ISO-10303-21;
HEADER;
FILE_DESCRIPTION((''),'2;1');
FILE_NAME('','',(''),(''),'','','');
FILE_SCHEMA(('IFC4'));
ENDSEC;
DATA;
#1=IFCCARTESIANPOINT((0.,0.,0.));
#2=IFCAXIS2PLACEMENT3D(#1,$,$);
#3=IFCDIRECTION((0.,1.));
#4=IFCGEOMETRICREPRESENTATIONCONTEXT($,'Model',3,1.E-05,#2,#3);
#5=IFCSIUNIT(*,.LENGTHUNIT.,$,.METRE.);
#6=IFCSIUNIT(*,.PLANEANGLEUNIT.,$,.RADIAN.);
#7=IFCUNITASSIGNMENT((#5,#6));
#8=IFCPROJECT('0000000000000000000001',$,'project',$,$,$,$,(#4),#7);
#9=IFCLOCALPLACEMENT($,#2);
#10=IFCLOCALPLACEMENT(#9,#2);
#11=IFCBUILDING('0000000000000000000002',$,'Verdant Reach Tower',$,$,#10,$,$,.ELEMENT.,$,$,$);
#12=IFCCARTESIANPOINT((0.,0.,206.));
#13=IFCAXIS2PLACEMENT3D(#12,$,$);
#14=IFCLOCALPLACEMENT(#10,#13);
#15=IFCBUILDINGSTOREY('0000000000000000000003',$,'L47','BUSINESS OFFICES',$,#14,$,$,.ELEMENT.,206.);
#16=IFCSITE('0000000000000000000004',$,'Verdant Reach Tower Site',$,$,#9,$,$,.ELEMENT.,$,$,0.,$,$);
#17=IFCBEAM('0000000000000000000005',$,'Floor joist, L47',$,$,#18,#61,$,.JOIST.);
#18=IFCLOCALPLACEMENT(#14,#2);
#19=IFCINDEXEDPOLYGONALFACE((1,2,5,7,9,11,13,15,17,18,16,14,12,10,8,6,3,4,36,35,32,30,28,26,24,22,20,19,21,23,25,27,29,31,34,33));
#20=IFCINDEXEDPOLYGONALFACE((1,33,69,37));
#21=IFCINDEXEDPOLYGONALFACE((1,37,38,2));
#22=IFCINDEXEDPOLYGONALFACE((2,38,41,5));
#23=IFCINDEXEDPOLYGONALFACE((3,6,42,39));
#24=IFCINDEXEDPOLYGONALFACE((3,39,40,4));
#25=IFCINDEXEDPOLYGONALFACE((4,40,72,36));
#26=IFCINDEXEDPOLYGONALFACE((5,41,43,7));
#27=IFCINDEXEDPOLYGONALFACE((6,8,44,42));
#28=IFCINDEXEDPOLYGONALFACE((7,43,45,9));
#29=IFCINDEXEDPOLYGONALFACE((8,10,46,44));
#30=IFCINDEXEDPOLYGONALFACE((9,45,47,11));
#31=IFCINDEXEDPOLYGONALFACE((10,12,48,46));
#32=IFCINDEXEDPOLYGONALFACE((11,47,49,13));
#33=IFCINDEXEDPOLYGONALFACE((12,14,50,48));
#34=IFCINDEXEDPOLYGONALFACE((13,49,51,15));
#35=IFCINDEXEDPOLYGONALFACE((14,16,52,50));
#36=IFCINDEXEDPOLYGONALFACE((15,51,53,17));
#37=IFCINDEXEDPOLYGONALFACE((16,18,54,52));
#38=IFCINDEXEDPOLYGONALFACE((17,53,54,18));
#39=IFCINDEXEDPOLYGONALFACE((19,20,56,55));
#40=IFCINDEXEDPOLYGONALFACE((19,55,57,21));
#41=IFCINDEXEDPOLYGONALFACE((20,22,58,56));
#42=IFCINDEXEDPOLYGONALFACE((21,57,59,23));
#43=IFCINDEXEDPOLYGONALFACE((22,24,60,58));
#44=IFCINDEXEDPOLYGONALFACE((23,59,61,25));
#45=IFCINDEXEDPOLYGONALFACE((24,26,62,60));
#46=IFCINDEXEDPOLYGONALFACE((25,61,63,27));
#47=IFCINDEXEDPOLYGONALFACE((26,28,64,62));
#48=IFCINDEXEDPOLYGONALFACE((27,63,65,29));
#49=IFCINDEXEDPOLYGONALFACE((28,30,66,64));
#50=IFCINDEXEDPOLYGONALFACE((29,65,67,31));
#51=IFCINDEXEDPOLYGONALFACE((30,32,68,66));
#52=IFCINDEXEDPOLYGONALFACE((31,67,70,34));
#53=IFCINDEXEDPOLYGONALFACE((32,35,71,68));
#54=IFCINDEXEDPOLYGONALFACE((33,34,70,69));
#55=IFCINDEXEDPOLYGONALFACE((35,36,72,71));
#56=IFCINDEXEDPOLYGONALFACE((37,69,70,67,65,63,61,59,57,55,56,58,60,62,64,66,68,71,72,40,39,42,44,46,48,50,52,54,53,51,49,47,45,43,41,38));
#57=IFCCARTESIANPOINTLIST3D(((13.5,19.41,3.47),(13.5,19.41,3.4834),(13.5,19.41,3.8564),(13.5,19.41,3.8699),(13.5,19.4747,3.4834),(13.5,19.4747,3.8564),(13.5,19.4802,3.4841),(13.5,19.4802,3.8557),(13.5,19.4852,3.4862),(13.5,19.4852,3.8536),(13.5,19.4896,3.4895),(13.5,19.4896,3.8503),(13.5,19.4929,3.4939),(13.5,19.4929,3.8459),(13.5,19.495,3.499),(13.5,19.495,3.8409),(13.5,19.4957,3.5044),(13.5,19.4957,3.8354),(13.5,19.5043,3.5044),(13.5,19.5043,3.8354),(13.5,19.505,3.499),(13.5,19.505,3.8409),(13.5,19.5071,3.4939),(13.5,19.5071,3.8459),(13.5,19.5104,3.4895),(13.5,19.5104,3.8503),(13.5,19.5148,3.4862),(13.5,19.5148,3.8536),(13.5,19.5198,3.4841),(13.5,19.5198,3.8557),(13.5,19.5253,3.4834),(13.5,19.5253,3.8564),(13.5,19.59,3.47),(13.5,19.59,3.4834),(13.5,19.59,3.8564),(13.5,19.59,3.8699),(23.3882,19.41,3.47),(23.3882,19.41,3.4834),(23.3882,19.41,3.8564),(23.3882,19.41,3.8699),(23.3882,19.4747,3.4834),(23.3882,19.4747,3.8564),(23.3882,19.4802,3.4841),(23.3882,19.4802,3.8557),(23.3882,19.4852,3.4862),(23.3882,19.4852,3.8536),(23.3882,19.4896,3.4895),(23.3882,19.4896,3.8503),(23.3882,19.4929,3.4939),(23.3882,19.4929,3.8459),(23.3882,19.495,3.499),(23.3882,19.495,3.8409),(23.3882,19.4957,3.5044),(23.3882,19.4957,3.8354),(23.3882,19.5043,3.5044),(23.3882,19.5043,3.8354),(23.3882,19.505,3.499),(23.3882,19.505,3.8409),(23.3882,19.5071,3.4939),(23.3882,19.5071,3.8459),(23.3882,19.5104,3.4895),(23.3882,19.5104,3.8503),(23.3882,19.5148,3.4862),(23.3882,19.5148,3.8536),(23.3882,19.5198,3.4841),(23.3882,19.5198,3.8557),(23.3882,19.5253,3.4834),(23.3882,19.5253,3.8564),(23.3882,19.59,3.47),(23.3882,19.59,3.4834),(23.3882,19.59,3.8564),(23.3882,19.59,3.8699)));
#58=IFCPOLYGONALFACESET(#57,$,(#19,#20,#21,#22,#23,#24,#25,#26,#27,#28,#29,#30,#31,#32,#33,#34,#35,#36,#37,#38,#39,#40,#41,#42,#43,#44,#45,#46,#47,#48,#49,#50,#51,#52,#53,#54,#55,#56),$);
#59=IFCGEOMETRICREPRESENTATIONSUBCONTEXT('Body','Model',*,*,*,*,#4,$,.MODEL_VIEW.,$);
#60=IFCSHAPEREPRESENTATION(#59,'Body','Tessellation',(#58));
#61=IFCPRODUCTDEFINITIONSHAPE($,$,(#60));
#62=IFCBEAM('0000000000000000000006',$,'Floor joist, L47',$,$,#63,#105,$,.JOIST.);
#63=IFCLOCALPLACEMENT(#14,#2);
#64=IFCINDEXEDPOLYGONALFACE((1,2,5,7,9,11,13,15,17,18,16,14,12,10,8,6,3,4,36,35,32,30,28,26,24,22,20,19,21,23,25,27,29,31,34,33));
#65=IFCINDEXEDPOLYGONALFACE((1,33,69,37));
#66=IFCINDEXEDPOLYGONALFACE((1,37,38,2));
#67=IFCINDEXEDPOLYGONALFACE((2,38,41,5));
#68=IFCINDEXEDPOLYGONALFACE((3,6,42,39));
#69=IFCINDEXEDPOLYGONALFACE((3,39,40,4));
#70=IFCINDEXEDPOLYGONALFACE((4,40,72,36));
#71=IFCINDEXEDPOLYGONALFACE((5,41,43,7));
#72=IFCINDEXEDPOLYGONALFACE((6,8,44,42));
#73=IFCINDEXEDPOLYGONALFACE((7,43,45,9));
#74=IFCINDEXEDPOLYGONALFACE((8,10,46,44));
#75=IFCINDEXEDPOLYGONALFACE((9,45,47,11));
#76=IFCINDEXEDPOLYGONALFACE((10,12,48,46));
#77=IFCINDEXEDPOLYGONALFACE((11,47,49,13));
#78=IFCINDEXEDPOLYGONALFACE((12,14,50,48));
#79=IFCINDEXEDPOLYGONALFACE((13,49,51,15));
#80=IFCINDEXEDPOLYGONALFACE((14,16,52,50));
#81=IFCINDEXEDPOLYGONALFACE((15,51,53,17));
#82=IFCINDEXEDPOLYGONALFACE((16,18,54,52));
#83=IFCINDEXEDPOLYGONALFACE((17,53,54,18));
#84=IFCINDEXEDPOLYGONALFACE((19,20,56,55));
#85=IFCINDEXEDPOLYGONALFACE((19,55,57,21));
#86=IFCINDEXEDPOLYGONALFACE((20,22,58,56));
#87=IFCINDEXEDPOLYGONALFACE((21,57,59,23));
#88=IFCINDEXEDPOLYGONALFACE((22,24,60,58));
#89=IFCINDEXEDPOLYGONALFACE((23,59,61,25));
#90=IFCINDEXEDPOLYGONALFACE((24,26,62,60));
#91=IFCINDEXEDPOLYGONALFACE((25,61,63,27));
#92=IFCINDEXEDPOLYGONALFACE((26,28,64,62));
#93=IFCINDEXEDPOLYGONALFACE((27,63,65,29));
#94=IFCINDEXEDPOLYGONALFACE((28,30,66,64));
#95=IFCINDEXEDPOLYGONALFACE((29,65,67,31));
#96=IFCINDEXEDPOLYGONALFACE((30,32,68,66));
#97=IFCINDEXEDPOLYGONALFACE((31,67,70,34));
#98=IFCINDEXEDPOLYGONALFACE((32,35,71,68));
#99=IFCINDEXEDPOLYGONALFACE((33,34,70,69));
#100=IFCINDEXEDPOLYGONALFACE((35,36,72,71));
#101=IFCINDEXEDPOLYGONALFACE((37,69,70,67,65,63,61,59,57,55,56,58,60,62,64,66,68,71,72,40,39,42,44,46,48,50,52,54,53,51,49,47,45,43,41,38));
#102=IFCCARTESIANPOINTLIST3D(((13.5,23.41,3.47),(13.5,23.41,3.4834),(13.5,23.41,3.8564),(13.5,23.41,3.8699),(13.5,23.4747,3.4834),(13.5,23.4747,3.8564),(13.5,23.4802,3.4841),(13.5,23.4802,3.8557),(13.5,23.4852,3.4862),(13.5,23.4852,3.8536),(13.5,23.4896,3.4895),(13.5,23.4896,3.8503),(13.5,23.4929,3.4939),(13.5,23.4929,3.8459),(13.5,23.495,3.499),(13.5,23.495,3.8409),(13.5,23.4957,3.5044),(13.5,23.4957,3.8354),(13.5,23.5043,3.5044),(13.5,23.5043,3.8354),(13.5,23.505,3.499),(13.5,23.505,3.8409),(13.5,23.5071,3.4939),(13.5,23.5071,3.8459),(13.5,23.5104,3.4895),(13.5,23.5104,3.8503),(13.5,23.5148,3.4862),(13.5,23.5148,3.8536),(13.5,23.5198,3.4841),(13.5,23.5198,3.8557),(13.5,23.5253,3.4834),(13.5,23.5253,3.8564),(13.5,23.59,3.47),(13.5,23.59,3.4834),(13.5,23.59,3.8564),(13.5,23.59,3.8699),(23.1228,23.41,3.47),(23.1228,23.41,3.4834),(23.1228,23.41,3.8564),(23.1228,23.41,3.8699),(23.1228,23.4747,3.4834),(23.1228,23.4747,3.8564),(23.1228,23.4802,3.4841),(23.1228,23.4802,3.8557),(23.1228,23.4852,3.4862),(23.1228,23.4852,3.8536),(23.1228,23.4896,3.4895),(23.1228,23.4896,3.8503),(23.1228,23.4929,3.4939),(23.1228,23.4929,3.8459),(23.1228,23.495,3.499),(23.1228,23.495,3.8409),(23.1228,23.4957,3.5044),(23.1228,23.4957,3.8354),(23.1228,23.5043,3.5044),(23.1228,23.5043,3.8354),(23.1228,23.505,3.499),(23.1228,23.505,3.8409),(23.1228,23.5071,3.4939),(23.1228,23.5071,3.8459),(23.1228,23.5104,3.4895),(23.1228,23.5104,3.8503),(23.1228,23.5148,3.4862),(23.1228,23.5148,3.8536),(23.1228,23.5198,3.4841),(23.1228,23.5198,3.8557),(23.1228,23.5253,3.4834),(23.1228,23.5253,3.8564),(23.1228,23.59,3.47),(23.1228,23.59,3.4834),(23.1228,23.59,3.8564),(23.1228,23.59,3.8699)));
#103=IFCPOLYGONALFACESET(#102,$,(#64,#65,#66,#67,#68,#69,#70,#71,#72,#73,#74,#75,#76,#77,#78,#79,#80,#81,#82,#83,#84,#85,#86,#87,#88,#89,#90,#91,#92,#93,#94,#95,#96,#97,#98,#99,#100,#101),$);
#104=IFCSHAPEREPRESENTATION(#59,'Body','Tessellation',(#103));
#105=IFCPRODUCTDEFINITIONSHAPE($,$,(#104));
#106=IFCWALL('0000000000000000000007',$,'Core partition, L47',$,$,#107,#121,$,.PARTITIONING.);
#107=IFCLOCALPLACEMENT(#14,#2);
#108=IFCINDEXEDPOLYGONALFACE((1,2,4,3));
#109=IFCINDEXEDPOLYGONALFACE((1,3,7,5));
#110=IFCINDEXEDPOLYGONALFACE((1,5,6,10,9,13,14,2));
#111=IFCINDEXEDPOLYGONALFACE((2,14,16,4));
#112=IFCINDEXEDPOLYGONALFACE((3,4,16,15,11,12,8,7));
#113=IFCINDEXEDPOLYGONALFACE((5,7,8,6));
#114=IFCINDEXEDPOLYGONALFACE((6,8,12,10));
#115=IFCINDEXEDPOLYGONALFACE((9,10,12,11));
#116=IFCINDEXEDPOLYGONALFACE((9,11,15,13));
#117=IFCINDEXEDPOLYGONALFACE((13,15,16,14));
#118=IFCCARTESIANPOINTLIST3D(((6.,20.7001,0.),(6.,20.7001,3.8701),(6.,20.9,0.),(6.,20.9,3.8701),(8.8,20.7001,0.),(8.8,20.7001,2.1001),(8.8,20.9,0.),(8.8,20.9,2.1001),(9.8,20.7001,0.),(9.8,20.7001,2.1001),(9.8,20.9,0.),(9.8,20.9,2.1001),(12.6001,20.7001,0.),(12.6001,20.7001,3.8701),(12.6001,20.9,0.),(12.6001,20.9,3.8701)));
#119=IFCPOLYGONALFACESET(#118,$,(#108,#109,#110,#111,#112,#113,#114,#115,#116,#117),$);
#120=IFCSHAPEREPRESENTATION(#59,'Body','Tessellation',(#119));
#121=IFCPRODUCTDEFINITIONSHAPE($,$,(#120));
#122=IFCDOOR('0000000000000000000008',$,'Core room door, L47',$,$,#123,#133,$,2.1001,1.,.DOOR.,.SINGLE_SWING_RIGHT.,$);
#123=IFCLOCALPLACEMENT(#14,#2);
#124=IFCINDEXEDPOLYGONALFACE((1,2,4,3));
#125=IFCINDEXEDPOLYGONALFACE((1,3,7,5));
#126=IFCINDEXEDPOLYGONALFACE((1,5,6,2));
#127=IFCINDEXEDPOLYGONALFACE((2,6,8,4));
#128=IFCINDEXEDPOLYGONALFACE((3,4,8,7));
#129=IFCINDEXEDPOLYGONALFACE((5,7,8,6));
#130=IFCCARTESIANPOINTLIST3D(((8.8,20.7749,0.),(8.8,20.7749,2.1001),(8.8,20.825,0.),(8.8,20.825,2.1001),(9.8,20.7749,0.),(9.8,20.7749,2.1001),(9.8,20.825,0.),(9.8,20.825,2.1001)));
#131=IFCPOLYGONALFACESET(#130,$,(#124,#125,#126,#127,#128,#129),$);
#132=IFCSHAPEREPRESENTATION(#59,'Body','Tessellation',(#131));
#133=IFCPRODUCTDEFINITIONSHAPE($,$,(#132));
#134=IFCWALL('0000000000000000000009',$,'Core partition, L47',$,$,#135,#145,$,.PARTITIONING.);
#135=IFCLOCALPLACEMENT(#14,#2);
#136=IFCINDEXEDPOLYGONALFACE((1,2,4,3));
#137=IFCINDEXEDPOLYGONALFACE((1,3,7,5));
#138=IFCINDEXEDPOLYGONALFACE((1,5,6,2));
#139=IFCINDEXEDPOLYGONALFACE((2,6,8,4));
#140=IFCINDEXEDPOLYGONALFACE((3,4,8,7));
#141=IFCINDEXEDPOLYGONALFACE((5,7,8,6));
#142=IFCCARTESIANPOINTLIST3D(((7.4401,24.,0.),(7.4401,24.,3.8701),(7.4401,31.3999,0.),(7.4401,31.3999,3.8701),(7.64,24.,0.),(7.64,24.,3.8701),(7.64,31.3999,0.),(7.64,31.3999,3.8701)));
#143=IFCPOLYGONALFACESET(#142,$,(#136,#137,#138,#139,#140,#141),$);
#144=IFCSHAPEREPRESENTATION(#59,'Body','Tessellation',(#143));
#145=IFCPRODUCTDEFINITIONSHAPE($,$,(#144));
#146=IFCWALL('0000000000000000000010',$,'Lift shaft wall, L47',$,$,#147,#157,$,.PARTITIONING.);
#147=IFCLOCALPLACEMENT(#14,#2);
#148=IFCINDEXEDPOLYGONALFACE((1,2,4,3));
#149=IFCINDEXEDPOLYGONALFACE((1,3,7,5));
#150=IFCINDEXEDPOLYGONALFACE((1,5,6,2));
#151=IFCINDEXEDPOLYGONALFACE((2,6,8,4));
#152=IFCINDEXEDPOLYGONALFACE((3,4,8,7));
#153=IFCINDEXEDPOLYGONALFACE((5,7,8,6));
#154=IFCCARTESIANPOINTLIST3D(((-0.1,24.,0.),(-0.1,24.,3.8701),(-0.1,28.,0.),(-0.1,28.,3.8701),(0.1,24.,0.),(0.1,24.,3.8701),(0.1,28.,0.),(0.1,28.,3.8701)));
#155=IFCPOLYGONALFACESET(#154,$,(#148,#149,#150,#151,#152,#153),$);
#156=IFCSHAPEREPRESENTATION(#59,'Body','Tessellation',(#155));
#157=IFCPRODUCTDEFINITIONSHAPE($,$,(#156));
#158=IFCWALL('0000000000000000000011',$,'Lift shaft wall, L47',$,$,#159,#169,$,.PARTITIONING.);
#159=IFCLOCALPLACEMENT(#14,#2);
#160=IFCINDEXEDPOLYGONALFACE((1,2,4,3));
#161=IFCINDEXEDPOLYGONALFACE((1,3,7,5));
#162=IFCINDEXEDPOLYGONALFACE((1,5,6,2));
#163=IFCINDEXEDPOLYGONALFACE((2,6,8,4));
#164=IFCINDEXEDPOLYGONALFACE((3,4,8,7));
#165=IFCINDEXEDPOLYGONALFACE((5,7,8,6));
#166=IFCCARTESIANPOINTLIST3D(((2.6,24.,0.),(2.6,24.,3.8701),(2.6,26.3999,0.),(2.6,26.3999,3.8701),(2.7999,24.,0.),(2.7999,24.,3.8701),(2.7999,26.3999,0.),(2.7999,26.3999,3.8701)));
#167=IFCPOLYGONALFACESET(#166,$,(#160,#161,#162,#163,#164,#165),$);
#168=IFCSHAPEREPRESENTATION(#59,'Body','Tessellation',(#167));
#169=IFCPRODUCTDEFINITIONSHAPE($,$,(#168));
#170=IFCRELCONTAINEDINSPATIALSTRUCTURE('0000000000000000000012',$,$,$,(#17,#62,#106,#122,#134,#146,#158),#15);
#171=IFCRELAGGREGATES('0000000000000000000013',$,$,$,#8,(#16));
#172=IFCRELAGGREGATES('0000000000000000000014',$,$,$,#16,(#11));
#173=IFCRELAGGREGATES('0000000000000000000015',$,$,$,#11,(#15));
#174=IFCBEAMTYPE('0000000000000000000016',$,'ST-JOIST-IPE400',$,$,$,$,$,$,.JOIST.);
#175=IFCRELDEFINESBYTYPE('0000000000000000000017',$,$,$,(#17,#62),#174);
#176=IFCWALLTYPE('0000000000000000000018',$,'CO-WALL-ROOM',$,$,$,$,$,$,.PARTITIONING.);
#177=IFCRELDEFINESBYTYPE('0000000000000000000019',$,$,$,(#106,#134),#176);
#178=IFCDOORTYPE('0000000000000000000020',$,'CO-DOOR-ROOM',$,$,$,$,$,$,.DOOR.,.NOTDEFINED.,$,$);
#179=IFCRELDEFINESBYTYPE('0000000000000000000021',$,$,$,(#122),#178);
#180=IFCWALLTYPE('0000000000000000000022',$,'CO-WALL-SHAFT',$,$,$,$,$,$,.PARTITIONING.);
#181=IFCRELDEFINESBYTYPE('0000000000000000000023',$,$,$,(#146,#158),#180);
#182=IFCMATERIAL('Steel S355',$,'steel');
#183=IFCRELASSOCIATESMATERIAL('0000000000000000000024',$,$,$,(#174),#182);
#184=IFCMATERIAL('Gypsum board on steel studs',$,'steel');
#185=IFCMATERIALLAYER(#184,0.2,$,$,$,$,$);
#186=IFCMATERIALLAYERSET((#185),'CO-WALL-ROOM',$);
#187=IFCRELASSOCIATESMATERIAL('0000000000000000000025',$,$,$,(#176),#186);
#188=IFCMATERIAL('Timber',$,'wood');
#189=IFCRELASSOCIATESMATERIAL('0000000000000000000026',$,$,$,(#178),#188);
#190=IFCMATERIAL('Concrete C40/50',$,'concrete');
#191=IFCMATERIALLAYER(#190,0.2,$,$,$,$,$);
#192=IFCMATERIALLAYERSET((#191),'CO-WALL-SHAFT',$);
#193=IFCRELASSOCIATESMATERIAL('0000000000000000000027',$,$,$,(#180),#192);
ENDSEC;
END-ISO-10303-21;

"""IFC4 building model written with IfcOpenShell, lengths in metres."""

from ifc_helpers import new_model, si_unit, direction, frame, frame_2d, origin, origin_2d, place, context, subcontext, project, spatial, rectangle, i_section, extrude, material, layer, layer_set, material_profile, profile_set, type_object, element, fill, save


model = new_model("IFC4")

# Units and contexts
model_context = context("Model", 3, precision=1e-05, world=origin(), true_north=direction((0.0, 1.0)))
body_context = subcontext(model_context, "Body", "Model", "MODEL_VIEW")
ifc_project = project(units=[si_unit("LENGTHUNIT", "METRE"), si_unit("PLANEANGLEUNIT", "RADIAN")], contexts=[model_context])

# Site, building, storey
site_placement = place(None, origin())
site = spatial("IfcSite", under=ifc_project, at=site_placement, Name="Verdant Reach Tower Site", CompositionType="ELEMENT", RefElevation=0.0)
building_placement = place(site_placement, origin())
building = spatial("IfcBuilding", under=site, at=building_placement, Name="Verdant Reach Tower", CompositionType="ELEMENT")
storey_placement = place(building_placement, frame((0.0, 0.0, 206.0)))
storey = spatial("IfcBuildingStorey", under=building, at=storey_placement, Name="L47", Description="BUSINESS OFFICES", CompositionType="ELEMENT", Elevation=206.0)

# Beams
ifc_material_1 = material(Name="Steel S355", Category="steel")
ifc_material_profile = material_profile(ifc_material_1, i_section(OverallWidth=0.1799, OverallDepth=0.3999, WebThickness=0.0085, FlangeThickness=0.0134, FilletRadius=0.021, at=origin_2d()), Name="IPE 400")
ifc_profile_set = profile_set([ifc_material_profile], Name="Steel S355")
beam_type = type_object("IfcBeamType", Name="ST-JOIST-IPE400", PredefinedType="JOIST", material=ifc_profile_set)
beam_1_placement = place(storey_placement, frame((13.5, 19.5, 3.6699), z_axis=(1.0, 0.0, 0.0), x_axis=(0.0, 1.0, 0.0)))
element("IfcBeam", 1, at=beam_1_placement, inside=storey, type_object=beam_type, Name="Floor joist, L47", PredefinedType="JOIST", context=body_context, shape_type="SweptSolid", body=[
    extrude(i_section(OverallWidth=0.1799, OverallDepth=0.3999, WebThickness=0.0085, FlangeThickness=0.0134, FilletRadius=0.021, at=origin_2d()), origin(), (0.0, 0.0, 1.0), 9.8882),
])
beam_2_placement = place(storey_placement, frame((13.5, 23.5, 3.6699), z_axis=(1.0, 0.0, 0.0), x_axis=(0.0, 1.0, 0.0)))
element("IfcBeam", 2, at=beam_2_placement, inside=storey, type_object=beam_type, Name="Floor joist, L47", PredefinedType="JOIST", context=body_context, shape_type="SweptSolid", body=[
    extrude(i_section(OverallWidth=0.1799, OverallDepth=0.3999, WebThickness=0.0085, FlangeThickness=0.0134, FilletRadius=0.021, at=origin_2d()), origin(), (0.0, 0.0, 1.0), 9.6228),
])

# Wall, opening, door
ifc_material_2 = material(Name="Gypsum board on steel studs", Category="steel")
ifc_layer_1 = layer(ifc_material_2, 0.2)
ifc_layer_set_1 = layer_set([ifc_layer_1], Name="CO-WALL-ROOM")
wall_type_1 = type_object("IfcWallType", Name="CO-WALL-ROOM", PredefinedType="PARTITIONING", material=ifc_layer_set_1)
wall_1_placement = place(storey_placement, frame((6.0, 20.8, 0.0), z_axis=(0.0, 0.0, 1.0), x_axis=(1.0, 0.0, 0.0)))
wall_1 = element("IfcWall", 3, at=wall_1_placement, inside=storey, type_object=wall_type_1, Name="Core partition, L47", PredefinedType="PARTITIONING", context=body_context, shape_type="SweptSolid", body=[
    extrude(rectangle(XDim=6.6001, YDim=0.2, at=frame_2d((3.3, 0.0))), origin(), (0.0, 0.0, 1.0), 3.8701),
])
opening_1_placement = place(wall_1_placement, frame((2.8, 0.0, 0.0)))
opening_1 = element("IfcOpeningElement", 4, at=opening_1_placement, cuts=wall_1, PredefinedType="OPENING", context=body_context, shape_type="SweptSolid", body=[
    extrude(rectangle(XDim=1.0, YDim=2.1001, at=frame_2d((0.5, 1.05))), frame((0.0, 0.1099, 0.0), z_axis=(0.0, -1.0, 0.0), x_axis=(1.0, 0.0, 0.0)), (0.0, 0.0, 1.0), 0.22),
])
ifc_material_3 = material(Name="Timber", Category="wood")
door_type_1 = type_object("IfcDoorType", Name="CO-DOOR-ROOM", OperationType="NOTDEFINED", PredefinedType="DOOR", material=ifc_material_3)
door_1_placement = place(opening_1_placement, origin())
door_1 = element("IfcDoor", 5, at=door_1_placement, inside=storey, type_object=door_type_1, Name="Core room door, L47", OperationType="SINGLE_SWING_RIGHT", OverallHeight=2.1001, OverallWidth=1.0, PredefinedType="DOOR", context=body_context, shape_type="SweptSolid", body=[
    extrude(rectangle(XDim=1.0, YDim=2.1001, at=frame_2d((0.5, 1.05))), frame((0.0, 0.0249, 0.0), z_axis=(0.0, -1.0, 0.0), x_axis=(1.0, 0.0, 0.0)), (0.0, 0.0, 1.0), 0.05),
])
fill(opening_1, door_1)

# Walls
wall_2_placement = place(storey_placement, frame((7.54, 24.0, 0.0), z_axis=(0.0, 0.0, 1.0), x_axis=(0.0, 1.0, 0.0)))
element("IfcWall", 6, at=wall_2_placement, inside=storey, type_object=wall_type_1, Name="Core partition, L47", PredefinedType="PARTITIONING", context=body_context, shape_type="SweptSolid", body=[
    extrude(rectangle(XDim=7.3999, YDim=0.2, at=frame_2d((3.7, 0.0))), origin(), (0.0, 0.0, 1.0), 3.8701),
])
ifc_material_4 = material(Name="Concrete C40/50", Category="concrete")
ifc_layer_2 = layer(ifc_material_4, 0.2)
ifc_layer_set_2 = layer_set([ifc_layer_2], Name="CO-WALL-SHAFT")
wall_type_2 = type_object("IfcWallType", Name="CO-WALL-SHAFT", PredefinedType="PARTITIONING", material=ifc_layer_set_2)
wall_3_placement = place(storey_placement, frame((0.0, 24.0, 0.0), z_axis=(0.0, 0.0, 1.0), x_axis=(0.0, 1.0, 0.0)))
element("IfcWall", 7, at=wall_3_placement, inside=storey, type_object=wall_type_2, Name="Lift shaft wall, L47", PredefinedType="PARTITIONING", context=body_context, shape_type="SweptSolid", body=[
    extrude(rectangle(XDim=4.0, YDim=0.2, at=frame_2d((2.0, 0.0))), origin(), (0.0, 0.0, 1.0), 3.8701),
])
wall_4_placement = place(storey_placement, frame((2.7, 24.0, 0.0), z_axis=(0.0, 0.0, 1.0), x_axis=(0.0, 1.0, 0.0)))
element("IfcWall", 8, at=wall_4_placement, inside=storey, type_object=wall_type_2, Name="Lift shaft wall, L47", PredefinedType="PARTITIONING", context=body_context, shape_type="SweptSolid", body=[
    extrude(rectangle(XDim=2.3999, YDim=0.2, at=frame_2d((1.2, 0.0))), origin(), (0.0, 0.0, 1.0), 3.8701),
])

save(model, "model.ifc")
